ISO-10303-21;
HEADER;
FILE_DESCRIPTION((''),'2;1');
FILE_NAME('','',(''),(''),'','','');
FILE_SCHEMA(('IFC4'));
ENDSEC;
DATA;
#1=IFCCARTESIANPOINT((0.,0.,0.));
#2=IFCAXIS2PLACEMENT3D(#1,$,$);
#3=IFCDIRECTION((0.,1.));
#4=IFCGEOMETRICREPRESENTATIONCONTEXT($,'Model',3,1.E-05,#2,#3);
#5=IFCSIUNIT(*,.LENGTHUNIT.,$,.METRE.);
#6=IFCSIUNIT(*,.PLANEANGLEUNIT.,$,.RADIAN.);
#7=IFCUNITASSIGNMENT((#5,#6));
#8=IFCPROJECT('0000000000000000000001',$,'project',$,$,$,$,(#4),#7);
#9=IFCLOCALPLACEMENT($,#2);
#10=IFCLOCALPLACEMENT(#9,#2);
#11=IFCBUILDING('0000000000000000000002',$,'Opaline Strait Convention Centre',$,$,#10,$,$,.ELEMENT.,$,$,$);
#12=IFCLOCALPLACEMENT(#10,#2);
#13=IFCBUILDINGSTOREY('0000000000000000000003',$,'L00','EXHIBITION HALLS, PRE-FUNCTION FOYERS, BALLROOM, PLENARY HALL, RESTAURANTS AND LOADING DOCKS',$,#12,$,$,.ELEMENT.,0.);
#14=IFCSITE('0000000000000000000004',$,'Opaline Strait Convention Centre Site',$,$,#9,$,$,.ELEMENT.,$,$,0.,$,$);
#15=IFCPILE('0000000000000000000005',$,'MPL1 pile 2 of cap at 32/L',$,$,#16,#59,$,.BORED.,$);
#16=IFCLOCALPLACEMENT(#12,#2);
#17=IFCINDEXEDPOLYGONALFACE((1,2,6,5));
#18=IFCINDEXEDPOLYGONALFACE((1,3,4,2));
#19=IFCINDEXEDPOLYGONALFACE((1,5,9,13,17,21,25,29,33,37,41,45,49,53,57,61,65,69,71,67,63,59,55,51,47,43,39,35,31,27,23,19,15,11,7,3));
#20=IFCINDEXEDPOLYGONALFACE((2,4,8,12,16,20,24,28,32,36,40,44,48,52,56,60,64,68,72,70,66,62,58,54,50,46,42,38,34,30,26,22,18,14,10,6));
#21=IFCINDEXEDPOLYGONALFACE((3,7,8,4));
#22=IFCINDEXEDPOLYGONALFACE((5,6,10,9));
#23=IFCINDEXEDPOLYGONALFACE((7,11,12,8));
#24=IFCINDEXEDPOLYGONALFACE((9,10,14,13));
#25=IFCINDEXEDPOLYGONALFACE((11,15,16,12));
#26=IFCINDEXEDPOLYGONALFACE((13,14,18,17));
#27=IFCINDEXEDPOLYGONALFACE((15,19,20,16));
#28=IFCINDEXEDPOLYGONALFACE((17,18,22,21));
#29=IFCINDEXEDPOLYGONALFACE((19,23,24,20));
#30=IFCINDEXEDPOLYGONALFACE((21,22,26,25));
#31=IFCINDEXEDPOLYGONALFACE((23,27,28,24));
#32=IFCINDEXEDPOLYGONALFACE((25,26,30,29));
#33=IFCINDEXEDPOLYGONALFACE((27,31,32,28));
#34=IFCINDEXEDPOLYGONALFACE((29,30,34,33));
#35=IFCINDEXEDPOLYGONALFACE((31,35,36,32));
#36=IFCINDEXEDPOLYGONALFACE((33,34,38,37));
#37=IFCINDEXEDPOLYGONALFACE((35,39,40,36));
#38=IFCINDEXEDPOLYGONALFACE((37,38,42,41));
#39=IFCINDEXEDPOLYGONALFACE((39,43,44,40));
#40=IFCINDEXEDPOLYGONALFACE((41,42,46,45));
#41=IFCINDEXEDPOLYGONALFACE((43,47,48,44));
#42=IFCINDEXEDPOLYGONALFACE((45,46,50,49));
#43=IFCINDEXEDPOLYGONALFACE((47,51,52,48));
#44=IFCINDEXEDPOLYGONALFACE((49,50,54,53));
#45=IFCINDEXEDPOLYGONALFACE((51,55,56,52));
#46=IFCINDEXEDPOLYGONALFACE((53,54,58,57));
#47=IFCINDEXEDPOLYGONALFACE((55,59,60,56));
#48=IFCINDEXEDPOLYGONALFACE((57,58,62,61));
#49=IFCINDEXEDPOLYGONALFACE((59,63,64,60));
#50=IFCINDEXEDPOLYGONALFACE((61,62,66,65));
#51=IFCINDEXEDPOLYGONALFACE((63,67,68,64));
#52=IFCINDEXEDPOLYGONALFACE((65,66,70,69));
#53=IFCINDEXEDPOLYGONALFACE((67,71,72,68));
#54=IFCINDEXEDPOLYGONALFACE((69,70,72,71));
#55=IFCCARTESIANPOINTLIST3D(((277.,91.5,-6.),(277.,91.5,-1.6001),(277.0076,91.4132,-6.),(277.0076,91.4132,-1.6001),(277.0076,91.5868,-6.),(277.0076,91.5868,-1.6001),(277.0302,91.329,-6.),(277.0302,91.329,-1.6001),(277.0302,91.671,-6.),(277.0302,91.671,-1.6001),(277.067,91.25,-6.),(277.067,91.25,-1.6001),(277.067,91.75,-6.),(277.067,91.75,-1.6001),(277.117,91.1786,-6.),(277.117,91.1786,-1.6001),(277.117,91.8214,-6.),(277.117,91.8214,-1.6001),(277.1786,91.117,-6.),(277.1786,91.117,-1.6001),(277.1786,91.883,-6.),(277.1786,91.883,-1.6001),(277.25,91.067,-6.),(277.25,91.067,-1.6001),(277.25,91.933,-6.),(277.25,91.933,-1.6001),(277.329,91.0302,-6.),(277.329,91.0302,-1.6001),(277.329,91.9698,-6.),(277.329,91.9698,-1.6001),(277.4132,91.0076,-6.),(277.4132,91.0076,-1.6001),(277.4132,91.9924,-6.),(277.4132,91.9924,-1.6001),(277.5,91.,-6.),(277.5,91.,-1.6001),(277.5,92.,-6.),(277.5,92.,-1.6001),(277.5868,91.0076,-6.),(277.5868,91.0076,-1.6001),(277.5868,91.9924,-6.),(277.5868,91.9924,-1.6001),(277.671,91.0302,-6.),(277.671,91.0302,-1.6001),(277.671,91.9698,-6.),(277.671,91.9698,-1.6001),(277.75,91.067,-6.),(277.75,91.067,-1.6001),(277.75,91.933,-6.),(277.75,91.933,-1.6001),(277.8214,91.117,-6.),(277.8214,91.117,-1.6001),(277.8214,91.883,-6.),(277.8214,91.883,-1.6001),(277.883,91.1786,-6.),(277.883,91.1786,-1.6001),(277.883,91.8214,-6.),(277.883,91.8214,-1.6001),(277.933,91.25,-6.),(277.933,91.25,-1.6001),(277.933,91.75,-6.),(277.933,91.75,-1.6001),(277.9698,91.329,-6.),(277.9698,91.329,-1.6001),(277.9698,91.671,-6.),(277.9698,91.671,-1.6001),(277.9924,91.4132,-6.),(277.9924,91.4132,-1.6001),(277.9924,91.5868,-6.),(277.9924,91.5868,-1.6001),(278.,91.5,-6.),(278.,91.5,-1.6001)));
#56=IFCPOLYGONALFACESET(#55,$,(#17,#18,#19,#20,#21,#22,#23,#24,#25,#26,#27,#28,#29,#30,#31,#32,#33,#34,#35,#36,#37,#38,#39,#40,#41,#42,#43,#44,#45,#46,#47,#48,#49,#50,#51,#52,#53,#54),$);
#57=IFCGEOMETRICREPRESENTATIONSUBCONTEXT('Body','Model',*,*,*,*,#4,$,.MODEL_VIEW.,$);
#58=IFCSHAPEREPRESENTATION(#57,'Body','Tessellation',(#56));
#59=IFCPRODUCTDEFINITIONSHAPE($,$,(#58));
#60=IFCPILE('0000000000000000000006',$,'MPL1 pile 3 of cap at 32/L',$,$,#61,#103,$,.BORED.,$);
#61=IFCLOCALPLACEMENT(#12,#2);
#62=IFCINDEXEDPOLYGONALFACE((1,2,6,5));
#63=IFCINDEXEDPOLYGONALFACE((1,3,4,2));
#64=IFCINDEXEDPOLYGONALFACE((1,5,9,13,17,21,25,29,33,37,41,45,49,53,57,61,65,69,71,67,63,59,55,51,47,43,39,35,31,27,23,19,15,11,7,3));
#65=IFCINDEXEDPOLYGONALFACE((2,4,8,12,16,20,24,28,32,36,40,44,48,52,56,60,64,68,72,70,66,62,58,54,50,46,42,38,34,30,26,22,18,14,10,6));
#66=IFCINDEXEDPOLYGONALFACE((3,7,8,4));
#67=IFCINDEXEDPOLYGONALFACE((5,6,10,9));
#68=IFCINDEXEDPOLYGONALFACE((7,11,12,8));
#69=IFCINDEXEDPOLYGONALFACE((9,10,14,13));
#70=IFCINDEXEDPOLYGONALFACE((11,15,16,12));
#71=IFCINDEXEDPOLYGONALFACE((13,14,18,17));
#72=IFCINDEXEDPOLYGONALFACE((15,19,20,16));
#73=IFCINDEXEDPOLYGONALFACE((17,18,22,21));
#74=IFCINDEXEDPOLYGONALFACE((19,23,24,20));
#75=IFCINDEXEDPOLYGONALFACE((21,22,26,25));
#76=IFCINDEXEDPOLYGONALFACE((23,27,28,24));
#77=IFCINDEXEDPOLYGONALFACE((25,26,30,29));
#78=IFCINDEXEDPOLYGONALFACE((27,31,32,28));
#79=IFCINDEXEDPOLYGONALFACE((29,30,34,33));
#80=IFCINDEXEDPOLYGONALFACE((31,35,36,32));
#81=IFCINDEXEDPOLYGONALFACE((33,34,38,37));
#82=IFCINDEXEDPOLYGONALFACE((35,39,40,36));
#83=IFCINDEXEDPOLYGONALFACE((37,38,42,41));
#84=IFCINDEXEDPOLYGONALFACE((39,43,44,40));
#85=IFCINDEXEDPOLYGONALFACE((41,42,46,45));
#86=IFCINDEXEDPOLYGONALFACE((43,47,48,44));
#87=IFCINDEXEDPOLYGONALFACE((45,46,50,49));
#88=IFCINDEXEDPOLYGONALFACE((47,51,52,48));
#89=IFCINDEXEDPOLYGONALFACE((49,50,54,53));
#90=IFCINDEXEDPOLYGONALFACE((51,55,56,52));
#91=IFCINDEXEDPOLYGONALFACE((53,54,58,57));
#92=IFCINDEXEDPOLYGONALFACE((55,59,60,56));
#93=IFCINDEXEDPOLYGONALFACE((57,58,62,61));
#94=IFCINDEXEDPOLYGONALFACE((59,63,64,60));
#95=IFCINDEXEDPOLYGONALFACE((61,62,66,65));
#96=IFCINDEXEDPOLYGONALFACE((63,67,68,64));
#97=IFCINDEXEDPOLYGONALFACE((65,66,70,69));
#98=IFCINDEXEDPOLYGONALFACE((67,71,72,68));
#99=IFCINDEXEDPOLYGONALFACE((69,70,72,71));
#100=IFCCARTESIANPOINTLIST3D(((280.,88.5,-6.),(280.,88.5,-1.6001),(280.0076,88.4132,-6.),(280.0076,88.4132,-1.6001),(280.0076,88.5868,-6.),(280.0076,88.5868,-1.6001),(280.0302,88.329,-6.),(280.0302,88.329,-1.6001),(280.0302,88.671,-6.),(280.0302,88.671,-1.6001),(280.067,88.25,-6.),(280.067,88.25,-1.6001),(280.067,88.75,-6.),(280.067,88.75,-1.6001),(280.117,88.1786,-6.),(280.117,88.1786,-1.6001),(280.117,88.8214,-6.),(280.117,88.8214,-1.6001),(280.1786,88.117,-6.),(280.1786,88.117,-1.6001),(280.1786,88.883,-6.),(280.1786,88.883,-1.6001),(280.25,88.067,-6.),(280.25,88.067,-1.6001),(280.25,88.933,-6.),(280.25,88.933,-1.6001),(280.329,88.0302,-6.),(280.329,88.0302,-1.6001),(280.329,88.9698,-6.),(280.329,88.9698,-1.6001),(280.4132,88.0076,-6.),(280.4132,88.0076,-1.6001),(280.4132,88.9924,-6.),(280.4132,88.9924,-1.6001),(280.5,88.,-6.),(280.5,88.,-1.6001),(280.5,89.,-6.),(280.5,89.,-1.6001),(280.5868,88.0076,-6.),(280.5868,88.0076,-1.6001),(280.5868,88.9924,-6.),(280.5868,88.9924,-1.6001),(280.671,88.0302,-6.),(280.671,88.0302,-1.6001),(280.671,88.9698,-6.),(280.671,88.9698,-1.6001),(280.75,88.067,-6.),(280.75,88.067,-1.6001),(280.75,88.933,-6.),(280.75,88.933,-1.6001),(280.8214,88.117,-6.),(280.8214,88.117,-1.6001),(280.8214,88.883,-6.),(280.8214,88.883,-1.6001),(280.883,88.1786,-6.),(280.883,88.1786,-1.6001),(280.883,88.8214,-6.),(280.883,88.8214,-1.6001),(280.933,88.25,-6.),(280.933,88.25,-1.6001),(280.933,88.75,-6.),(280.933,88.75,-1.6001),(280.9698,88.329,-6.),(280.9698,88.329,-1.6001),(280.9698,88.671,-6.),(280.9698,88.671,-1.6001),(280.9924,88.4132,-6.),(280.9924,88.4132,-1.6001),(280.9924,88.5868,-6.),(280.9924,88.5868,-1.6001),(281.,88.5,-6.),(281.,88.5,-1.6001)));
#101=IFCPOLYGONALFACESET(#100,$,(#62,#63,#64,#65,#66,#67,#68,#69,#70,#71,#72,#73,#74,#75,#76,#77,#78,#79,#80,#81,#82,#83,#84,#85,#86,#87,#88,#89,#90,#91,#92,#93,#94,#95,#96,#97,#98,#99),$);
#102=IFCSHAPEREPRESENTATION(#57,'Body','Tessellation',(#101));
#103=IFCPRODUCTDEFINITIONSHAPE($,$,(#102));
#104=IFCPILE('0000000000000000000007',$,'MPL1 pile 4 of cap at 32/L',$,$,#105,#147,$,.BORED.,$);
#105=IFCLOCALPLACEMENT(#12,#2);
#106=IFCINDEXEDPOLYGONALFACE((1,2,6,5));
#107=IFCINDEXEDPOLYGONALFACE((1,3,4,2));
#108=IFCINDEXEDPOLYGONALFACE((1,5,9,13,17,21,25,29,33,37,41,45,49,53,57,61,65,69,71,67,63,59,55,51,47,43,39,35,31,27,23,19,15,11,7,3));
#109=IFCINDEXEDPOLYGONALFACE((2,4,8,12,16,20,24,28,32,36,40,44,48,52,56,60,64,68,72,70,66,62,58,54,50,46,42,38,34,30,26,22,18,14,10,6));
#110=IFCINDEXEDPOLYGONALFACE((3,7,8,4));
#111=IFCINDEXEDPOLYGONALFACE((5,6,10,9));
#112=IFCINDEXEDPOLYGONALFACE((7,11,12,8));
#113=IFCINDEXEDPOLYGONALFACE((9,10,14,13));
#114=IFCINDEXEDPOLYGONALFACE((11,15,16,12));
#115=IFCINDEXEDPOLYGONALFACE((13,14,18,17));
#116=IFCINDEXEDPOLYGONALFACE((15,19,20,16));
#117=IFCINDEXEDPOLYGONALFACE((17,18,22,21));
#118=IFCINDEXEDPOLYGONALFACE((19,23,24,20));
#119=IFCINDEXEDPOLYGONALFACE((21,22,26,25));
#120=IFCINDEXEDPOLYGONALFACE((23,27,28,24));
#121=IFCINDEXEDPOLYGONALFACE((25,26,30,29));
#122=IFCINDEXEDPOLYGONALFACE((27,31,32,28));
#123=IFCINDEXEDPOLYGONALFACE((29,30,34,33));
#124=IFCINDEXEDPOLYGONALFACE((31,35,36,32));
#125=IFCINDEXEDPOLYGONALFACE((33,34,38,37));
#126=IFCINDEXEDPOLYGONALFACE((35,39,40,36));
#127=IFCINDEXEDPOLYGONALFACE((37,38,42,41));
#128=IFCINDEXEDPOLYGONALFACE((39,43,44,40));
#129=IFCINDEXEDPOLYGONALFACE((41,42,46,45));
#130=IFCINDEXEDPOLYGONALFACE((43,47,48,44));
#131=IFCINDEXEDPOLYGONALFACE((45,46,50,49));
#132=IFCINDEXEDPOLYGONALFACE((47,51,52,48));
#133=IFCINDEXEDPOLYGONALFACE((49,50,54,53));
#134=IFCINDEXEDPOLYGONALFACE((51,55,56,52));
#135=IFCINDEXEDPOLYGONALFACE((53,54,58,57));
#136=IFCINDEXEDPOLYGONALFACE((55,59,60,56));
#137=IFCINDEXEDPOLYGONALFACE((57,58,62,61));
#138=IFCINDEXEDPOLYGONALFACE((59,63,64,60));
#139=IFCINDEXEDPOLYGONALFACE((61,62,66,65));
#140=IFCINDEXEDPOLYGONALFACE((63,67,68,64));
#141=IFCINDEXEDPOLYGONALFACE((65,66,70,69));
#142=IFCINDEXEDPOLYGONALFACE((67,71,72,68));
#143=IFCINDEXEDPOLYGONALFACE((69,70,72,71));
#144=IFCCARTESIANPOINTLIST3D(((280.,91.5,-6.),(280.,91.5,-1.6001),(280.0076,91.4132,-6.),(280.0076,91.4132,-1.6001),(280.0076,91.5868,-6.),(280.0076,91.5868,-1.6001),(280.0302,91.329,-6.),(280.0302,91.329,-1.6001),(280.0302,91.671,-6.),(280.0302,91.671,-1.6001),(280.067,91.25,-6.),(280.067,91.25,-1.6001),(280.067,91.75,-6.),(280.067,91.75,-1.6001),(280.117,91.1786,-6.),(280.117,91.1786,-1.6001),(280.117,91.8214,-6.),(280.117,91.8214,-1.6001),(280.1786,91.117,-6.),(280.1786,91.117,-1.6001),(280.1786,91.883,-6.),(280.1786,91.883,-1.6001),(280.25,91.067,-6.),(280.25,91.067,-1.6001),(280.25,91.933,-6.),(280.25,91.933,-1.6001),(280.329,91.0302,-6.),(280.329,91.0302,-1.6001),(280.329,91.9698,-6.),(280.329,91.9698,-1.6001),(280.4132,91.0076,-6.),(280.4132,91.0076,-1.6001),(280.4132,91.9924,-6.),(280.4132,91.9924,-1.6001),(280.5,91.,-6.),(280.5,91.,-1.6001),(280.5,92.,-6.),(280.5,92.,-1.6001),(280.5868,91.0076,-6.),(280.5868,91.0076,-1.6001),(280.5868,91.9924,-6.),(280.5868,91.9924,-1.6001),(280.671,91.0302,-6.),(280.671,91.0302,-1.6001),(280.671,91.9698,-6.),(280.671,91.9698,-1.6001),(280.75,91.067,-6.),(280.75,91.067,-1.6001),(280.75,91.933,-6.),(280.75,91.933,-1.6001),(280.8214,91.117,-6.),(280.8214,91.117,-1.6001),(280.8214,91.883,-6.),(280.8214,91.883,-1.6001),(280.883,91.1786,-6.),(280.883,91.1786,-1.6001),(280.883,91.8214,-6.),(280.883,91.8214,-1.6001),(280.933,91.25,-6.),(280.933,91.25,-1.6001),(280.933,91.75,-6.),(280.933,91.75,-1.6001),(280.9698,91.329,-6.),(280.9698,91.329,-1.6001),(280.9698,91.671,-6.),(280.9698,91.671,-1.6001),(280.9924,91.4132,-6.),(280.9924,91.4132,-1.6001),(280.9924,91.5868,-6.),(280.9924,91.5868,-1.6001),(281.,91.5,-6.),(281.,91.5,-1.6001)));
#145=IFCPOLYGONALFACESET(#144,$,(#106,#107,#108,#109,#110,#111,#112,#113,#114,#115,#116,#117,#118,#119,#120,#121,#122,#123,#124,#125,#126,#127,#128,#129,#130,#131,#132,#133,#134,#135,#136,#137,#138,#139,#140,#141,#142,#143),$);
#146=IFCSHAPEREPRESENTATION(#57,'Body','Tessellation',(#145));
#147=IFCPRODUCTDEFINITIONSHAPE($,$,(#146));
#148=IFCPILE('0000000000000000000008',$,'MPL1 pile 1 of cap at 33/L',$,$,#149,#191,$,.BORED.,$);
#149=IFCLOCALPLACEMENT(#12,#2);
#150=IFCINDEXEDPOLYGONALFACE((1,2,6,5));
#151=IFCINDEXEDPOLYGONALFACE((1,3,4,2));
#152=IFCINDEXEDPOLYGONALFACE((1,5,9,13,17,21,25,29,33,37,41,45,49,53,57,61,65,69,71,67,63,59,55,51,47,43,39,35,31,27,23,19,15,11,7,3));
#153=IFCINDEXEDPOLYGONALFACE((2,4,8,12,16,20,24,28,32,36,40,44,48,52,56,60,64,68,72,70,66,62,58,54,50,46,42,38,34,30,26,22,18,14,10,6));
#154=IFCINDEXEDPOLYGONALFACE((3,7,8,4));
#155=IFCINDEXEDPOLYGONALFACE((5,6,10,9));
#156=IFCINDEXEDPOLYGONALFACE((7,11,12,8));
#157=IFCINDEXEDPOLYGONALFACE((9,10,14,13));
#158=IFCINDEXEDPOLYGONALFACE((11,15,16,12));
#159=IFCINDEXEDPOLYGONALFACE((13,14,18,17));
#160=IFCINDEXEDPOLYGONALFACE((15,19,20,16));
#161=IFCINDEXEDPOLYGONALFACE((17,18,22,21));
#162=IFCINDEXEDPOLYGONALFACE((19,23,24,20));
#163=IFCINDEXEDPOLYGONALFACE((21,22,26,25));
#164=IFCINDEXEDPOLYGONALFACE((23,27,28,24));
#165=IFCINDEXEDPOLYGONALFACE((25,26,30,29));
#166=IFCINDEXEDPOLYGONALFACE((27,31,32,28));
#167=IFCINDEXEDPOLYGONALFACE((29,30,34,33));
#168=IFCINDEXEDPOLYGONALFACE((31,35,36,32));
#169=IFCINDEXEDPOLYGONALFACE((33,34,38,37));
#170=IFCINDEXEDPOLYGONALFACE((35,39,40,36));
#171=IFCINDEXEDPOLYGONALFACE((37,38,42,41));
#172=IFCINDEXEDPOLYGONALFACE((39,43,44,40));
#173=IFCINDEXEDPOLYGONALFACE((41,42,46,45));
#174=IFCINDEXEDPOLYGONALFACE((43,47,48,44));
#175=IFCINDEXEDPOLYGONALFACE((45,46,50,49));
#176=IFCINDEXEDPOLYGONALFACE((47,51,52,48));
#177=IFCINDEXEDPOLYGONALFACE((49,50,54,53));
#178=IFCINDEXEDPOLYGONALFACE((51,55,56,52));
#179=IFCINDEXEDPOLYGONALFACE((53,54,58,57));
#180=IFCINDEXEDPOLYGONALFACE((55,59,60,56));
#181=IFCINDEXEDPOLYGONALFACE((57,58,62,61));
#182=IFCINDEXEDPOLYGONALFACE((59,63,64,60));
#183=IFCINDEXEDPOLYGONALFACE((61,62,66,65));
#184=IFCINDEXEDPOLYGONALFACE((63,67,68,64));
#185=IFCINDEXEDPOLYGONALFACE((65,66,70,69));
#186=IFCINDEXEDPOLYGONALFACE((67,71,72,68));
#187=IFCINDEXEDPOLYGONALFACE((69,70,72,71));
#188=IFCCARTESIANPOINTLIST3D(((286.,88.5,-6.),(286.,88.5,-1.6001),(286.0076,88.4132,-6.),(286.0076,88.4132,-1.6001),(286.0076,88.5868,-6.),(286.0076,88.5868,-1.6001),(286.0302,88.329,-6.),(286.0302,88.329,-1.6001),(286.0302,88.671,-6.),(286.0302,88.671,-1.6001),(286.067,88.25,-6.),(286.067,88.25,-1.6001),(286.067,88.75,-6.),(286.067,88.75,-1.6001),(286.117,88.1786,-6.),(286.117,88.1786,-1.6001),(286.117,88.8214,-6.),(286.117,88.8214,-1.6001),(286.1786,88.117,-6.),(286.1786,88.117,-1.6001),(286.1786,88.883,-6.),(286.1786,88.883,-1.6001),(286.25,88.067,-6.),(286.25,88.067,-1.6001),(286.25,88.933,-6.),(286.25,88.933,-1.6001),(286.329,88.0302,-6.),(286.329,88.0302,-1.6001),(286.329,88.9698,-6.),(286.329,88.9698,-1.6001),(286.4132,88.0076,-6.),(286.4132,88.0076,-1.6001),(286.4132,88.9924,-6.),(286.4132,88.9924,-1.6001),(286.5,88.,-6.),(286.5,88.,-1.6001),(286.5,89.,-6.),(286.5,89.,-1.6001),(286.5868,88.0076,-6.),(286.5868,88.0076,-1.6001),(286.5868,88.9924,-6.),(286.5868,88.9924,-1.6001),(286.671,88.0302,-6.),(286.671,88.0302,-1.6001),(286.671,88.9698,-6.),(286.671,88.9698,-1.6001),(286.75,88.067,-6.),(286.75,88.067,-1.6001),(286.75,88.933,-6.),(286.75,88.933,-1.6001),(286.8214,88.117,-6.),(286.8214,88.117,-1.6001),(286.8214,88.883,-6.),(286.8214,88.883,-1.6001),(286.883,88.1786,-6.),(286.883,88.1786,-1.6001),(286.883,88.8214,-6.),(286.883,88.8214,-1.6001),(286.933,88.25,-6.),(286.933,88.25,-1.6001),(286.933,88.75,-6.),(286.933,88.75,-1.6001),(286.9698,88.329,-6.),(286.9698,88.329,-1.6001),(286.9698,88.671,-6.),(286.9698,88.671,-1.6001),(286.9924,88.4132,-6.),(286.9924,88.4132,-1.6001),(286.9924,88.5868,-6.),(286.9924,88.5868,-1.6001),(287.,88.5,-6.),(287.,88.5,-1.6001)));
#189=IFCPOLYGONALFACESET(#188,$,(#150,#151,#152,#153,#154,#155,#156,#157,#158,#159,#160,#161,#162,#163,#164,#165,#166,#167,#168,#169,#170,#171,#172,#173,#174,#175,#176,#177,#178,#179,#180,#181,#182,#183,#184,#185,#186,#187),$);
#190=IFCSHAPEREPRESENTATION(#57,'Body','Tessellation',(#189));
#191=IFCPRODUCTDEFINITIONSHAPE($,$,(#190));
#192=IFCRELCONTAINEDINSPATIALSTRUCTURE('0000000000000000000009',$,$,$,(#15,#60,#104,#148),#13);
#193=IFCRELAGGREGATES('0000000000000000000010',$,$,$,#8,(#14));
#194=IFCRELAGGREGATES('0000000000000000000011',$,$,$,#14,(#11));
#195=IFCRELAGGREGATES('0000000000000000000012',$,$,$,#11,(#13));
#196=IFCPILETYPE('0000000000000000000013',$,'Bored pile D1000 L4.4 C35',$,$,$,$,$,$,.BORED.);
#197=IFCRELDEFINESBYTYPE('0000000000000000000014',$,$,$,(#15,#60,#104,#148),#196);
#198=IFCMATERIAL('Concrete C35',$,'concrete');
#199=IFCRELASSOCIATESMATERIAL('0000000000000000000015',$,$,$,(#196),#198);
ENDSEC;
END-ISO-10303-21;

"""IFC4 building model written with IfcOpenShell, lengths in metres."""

from ifc_helpers import new_model, si_unit, direction, frame, origin, origin_2d, place, context, subcontext, project, spatial, circle, extrude, material, material_profile, profile_set, type_object, element, save


model = new_model("IFC4")

# Units and contexts
model_context = context("Model", 3, precision=1e-05, world=origin(), true_north=direction((0.0, 1.0)))
body_context = subcontext(model_context, "Body", "Model", "MODEL_VIEW")
ifc_project = project(units=[si_unit("LENGTHUNIT", "METRE"), si_unit("PLANEANGLEUNIT", "RADIAN")], contexts=[model_context])

# Site, building, storey
site_placement = place(None, origin())
site = spatial("IfcSite", under=ifc_project, at=site_placement, Name="Opaline Strait Convention Centre Site", CompositionType="ELEMENT", RefElevation=0.0)
building_placement = place(site_placement, origin())
building = spatial("IfcBuilding", under=site, at=building_placement, Name="Opaline Strait Convention Centre", CompositionType="ELEMENT")
storey_placement = place(building_placement, origin())
storey = spatial("IfcBuildingStorey", under=building, at=storey_placement, Name="L00", Description="EXHIBITION HALLS, PRE-FUNCTION FOYERS, BALLROOM, PLENARY HALL, RESTAURANTS AND LOADING DOCKS", CompositionType="ELEMENT", Elevation=0.0)

# Piles
ifc_material_1 = material(Name="Concrete C35", Category="concrete")
ifc_material_profile_1 = material_profile(ifc_material_1, circle(Radius=0.5, at=origin_2d()), Name="D1000")
ifc_profile_set_1 = profile_set([ifc_material_profile_1], Name="Concrete C35")
pile_type_1 = type_object("IfcPileType", Name="Bored pile D1000 L4.4 C35", PredefinedType="BORED", material=ifc_profile_set_1)
for number, where, z_axis, x_axis, name in (
    (1, (277.5, 91.5, -1.6001), (0.0, 0.0, -1.0), (1.0, 0.0, 0.0), "MPL1 pile 2 of cap at 32/L"),
    (2, (280.5, 88.5, -1.6001), (0.0, 0.0, -1.0), (1.0, 0.0, 0.0), "MPL1 pile 3 of cap at 32/L"),
    (3, (280.5, 91.5, -1.6001), (0.0, 0.0, -1.0), (1.0, 0.0, 0.0), "MPL1 pile 4 of cap at 32/L"),
    (4, (286.5, 88.5, -1.6001), (0.0, 0.0, -1.0), (1.0, 0.0, 0.0), "MPL1 pile 1 of cap at 33/L"),
):
    element("IfcPile", number, at=place(storey_placement, frame(where, z_axis=z_axis, x_axis=x_axis)), inside=storey, type_object=pile_type_1, Name=name, PredefinedType="BORED", context=body_context, shape_type="SweptSolid", body=[
        extrude(circle(Radius=0.5, at=origin_2d()), origin(), (0.0, 0.0, 1.0), 4.3999),
    ])

save(model, "model.ifc")
